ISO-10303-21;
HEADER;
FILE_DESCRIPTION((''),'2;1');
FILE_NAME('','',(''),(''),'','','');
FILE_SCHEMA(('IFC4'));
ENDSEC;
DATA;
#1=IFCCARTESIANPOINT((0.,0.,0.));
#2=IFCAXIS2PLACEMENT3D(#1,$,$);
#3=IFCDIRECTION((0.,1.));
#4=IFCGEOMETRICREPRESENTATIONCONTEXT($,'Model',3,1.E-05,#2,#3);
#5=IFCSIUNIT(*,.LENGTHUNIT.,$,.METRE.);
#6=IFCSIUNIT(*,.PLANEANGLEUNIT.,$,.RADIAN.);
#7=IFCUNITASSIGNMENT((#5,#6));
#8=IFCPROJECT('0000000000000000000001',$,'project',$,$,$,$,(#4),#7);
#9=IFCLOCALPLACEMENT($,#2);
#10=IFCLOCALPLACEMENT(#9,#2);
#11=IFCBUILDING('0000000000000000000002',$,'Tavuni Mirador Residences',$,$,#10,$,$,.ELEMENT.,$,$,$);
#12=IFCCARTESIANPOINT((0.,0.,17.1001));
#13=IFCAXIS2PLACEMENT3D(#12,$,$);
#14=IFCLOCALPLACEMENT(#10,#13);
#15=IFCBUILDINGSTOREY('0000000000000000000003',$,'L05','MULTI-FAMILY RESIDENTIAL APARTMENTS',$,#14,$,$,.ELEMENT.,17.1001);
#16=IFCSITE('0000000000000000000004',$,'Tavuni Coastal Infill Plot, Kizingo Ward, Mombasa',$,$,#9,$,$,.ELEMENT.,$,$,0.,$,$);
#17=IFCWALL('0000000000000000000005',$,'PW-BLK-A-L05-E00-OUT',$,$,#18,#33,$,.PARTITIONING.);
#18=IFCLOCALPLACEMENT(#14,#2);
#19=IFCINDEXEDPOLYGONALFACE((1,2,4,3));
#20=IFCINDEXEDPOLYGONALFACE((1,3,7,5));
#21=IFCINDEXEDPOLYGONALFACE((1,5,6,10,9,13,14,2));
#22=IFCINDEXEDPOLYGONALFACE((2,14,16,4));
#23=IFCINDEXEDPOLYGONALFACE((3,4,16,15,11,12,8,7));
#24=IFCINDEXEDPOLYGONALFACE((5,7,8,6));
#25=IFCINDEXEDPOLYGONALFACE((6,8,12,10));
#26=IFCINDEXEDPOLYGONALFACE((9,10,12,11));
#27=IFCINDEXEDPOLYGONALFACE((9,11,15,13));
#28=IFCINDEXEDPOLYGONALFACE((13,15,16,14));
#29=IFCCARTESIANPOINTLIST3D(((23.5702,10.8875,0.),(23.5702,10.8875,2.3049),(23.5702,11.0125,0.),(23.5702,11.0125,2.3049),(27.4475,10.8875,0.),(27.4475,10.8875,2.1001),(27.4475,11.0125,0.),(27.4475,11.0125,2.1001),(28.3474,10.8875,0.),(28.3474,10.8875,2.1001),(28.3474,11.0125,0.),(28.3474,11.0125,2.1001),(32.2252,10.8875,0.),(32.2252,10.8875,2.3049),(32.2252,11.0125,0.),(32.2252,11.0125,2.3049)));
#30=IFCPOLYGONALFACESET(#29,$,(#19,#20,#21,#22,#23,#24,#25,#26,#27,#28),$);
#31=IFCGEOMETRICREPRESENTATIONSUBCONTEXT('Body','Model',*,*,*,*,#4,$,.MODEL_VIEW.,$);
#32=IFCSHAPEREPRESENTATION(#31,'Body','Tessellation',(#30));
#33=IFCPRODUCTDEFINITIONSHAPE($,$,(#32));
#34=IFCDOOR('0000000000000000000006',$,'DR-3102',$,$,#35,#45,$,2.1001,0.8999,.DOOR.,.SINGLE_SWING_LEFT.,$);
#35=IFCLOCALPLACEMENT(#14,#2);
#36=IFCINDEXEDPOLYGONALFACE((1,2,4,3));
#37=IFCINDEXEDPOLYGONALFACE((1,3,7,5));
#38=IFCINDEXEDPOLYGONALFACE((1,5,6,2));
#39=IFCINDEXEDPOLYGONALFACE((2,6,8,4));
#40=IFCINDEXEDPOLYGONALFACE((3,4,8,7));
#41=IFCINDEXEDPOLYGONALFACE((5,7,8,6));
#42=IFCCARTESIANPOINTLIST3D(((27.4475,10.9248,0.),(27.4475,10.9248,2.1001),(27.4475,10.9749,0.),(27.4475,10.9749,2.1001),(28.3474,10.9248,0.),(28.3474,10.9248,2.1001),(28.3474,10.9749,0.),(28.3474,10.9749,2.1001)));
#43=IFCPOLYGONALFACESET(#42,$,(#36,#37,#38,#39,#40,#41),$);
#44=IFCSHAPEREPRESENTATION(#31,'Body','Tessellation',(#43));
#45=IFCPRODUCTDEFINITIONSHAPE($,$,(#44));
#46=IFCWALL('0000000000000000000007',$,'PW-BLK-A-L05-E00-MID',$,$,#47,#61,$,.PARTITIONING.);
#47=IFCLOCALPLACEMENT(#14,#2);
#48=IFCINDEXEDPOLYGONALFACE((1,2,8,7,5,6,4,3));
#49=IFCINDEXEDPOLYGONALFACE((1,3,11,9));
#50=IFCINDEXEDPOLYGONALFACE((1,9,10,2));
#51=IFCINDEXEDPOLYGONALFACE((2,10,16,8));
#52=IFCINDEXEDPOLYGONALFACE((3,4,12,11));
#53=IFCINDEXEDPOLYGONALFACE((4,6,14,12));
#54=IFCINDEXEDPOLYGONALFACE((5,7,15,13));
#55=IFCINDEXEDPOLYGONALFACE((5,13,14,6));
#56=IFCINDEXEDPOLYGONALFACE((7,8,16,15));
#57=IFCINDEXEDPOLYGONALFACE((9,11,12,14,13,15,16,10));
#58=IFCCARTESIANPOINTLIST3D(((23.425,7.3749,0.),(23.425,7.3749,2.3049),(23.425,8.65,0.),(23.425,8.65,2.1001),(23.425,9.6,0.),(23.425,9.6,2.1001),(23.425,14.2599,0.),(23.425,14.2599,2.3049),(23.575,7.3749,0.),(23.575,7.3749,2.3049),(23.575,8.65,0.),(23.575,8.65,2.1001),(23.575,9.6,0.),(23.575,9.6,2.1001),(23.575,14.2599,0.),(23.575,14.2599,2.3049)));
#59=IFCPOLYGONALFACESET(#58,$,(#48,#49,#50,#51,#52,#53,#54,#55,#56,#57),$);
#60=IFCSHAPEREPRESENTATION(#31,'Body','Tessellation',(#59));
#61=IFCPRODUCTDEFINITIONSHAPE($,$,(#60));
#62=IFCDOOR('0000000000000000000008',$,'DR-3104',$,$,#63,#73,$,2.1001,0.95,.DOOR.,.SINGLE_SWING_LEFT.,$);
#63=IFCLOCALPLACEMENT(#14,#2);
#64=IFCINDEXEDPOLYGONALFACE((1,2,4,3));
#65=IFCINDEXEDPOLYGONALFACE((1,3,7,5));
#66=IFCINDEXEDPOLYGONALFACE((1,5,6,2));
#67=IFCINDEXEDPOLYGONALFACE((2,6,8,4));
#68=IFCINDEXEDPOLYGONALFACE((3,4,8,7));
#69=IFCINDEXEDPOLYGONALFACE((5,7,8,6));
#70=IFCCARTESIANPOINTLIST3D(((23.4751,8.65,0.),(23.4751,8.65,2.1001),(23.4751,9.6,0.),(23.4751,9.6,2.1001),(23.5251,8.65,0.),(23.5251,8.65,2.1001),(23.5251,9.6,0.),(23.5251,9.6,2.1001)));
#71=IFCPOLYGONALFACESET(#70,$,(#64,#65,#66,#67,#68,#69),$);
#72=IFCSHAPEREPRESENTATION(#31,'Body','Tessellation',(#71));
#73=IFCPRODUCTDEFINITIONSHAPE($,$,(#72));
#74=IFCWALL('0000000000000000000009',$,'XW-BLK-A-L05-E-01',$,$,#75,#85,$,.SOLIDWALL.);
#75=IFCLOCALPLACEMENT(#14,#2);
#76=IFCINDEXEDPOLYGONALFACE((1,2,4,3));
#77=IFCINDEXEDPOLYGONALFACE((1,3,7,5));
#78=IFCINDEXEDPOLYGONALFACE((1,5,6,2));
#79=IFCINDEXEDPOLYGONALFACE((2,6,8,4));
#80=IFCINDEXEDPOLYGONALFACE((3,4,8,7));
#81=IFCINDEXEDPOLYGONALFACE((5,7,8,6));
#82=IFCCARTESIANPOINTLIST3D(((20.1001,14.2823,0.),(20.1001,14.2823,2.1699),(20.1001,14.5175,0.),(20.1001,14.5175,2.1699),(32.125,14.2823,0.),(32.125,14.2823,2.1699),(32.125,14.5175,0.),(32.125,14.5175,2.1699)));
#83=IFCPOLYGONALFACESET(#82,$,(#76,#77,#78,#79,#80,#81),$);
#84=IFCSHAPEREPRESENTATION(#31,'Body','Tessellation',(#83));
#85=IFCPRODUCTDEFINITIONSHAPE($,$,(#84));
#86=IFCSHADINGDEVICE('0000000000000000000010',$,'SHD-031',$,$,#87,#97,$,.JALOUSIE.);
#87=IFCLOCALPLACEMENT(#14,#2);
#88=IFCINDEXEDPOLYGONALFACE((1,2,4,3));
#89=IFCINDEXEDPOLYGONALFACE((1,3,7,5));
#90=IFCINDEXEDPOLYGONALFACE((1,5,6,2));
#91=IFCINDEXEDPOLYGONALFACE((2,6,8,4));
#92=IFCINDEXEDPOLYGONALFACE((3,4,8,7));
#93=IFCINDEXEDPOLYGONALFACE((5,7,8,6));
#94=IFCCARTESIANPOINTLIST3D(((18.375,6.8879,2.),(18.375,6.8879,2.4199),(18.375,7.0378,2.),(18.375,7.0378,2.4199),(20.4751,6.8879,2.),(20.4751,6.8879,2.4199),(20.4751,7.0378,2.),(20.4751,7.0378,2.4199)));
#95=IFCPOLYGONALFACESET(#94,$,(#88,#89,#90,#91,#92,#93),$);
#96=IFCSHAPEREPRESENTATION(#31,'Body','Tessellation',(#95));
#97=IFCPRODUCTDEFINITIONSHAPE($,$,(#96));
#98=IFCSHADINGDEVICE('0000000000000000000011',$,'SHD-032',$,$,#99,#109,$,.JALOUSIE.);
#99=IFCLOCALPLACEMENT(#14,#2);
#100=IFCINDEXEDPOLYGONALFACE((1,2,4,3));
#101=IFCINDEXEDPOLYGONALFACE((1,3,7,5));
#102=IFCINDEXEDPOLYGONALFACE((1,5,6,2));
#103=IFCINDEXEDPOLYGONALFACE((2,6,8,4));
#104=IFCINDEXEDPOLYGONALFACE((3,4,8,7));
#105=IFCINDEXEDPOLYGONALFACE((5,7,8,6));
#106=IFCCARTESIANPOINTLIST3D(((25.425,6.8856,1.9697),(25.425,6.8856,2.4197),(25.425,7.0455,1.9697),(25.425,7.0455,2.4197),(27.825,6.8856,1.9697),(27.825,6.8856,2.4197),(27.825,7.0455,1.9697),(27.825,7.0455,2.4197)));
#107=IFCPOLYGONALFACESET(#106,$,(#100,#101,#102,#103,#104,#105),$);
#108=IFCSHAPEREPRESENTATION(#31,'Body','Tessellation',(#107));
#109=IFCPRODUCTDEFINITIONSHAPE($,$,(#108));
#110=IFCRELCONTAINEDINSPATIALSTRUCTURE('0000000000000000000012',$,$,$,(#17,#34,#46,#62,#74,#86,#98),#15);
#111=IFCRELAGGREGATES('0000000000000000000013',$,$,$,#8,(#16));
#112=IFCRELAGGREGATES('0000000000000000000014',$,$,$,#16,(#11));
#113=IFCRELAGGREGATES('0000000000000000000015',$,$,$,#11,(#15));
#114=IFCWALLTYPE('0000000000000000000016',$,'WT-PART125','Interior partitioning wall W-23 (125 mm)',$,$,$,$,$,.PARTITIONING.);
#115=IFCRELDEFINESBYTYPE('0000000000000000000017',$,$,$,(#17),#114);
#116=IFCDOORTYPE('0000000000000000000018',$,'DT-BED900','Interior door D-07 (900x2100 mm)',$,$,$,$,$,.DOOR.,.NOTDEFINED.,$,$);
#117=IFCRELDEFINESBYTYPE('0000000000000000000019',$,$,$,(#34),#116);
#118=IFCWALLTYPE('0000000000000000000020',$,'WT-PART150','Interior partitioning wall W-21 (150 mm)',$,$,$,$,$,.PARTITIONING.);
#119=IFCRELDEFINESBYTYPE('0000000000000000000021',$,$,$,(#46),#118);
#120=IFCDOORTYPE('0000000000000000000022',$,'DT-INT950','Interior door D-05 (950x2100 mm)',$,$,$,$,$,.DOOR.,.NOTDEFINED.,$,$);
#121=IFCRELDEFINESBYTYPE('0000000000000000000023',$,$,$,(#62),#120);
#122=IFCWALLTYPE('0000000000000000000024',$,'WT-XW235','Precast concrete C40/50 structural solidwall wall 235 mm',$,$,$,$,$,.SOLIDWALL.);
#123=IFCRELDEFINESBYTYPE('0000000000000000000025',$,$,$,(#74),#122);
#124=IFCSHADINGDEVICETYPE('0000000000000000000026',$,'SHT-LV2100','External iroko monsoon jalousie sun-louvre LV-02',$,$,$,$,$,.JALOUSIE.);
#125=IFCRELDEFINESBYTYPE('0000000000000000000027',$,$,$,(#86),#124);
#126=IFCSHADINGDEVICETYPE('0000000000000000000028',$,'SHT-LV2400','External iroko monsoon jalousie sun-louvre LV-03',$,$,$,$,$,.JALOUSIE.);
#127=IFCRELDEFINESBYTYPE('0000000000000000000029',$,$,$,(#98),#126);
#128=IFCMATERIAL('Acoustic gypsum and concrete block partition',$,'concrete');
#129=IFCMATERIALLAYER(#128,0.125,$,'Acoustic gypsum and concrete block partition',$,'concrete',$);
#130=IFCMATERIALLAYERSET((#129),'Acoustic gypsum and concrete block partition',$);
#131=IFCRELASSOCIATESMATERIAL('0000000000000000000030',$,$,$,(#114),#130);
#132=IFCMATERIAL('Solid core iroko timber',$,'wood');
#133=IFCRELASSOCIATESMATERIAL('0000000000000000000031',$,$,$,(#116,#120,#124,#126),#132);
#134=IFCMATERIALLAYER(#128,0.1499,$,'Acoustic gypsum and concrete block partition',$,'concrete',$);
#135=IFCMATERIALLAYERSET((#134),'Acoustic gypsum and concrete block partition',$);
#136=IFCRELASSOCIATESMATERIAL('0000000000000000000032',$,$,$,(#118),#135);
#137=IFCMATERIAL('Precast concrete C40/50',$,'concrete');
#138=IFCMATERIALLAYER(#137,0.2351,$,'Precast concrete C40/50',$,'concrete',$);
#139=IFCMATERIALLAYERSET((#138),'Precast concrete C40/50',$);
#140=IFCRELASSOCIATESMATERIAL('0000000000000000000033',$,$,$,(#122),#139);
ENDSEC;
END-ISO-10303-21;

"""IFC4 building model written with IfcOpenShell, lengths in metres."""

from ifc_helpers import new_model, si_unit, direction, frame, frame_2d, origin, origin_2d, place, context, subcontext, project, spatial, rectangle, extrude, material, layer, layer_set, type_object, element, fill, save


model = new_model("IFC4")

# Units and contexts
model_context = context("Model", 3, precision=1e-05, world=origin(), true_north=direction((0.0, 1.0)))
body_context = subcontext(model_context, "Body", "Model", "MODEL_VIEW")
ifc_project = project(units=[si_unit("LENGTHUNIT", "METRE"), si_unit("PLANEANGLEUNIT", "RADIAN")], contexts=[model_context])

# Site, building, storey
site_placement = place(None, origin())
site = spatial("IfcSite", under=ifc_project, at=site_placement, Name="Tavuni Coastal Infill Plot, Kizingo Ward, Mombasa", CompositionType="ELEMENT", RefElevation=0.0)
building_placement = place(site_placement, origin())
building = spatial("IfcBuilding", under=site, at=building_placement, Name="Tavuni Mirador Residences", CompositionType="ELEMENT")
storey_placement = place(building_placement, frame((0.0, 0.0, 17.1001)))
storey = spatial("IfcBuildingStorey", under=building, at=storey_placement, Name="L05", Description="MULTI-FAMILY RESIDENTIAL APARTMENTS", CompositionType="ELEMENT", Elevation=17.1001)

# Shared definitions
ifc_material_1 = material(Name="Precast concrete C40/50", Category="concrete")

# Shared definitions
ifc_material_2 = material(Name="Solid core iroko timber", Category="wood")

# Walls, openings, doors
ifc_material_3 = material(Name="Acoustic gypsum and concrete block partition", Category="concrete")
ifc_layer_1 = layer(ifc_material_3, 0.125, Name="Acoustic gypsum and concrete block partition", Category="concrete")
ifc_layer_set_1 = layer_set([ifc_layer_1], Name="Acoustic gypsum and concrete block partition")
wall_type_1 = type_object("IfcWallType", Name="WT-PART125", Description="Interior partitioning wall W-23 (125 mm)", PredefinedType="PARTITIONING", material=ifc_layer_set_1)
wall_1_placement = place(storey_placement, frame((23.5701, 10.95, 0.0), z_axis=(0.0, 0.0, 1.0), x_axis=(1.0, 0.0, 0.0)))
wall_1 = element("IfcWall", 1, at=wall_1_placement, inside=storey, type_object=wall_type_1, Name="PW-BLK-A-L05-E00-OUT", PredefinedType="PARTITIONING", context=body_context, shape_type="SweptSolid", body=[
    extrude(rectangle(XDim=8.655, YDim=0.125, at=frame_2d((4.3276, 0.0))), origin(), (0.0, 0.0, 1.0), 2.3049),
])
opening_1_placement = place(wall_1_placement, frame((3.8774, 0.0, 0.0)))
opening_1 = element("IfcOpeningElement", 2, at=opening_1_placement, cuts=wall_1, PredefinedType="OPENING", context=body_context, shape_type="SweptSolid", body=[
    extrude(rectangle(XDim=0.8999, YDim=2.1001, at=frame_2d((0.45, 1.05))), frame((0.0, 0.0725, 0.0), z_axis=(0.0, -1.0, 0.0), x_axis=(1.0, 0.0, 0.0)), (0.0, 0.0, 1.0), 0.145),
])
door_type_1 = type_object("IfcDoorType", Name="DT-BED900", Description="Interior door D-07 (900x2100 mm)", OperationType="NOTDEFINED", PredefinedType="DOOR", material=ifc_material_2)
door_1_placement = place(opening_1_placement, origin())
door_1 = element("IfcDoor", 3, at=door_1_placement, inside=storey, type_object=door_type_1, Name="DR-3102", OperationType="SINGLE_SWING_LEFT", OverallHeight=2.1001, OverallWidth=0.8999, PredefinedType="DOOR", context=body_context, shape_type="SweptSolid", body=[
    extrude(rectangle(XDim=0.8999, YDim=2.1001, at=frame_2d((0.45, 1.05))), frame((0.0, 0.0249, 0.0), z_axis=(0.0, -1.0, 0.0), x_axis=(1.0, 0.0, 0.0)), (0.0, 0.0, 1.0), 0.05),
])
fill(opening_1, door_1)
ifc_layer_2 = layer(ifc_material_3, 0.1499, Name="Acoustic gypsum and concrete block partition", Category="concrete")
ifc_layer_set_2 = layer_set([ifc_layer_2], Name="Acoustic gypsum and concrete block partition")
wall_type_2 = type_object("IfcWallType", Name="WT-PART150", Description="Interior partitioning wall W-21 (150 mm)", PredefinedType="PARTITIONING", material=ifc_layer_set_2)
wall_2_placement = place(storey_placement, frame((23.5, 7.375, 0.0), z_axis=(0.0, 0.0, 1.0), x_axis=(0.0, 1.0, 0.0)))
wall_2 = element("IfcWall", 4, at=wall_2_placement, inside=storey, type_object=wall_type_2, Name="PW-BLK-A-L05-E00-MID", PredefinedType="PARTITIONING", context=body_context, shape_type="SweptSolid", body=[
    extrude(rectangle(XDim=6.885, YDim=0.1499, at=frame_2d((3.4424, 0.0))), origin(), (0.0, 0.0, 1.0), 2.3049),
])
opening_2_placement = place(wall_2_placement, frame((1.2749, 0.0, 0.0)))
opening_2 = element("IfcOpeningElement", 5, at=opening_2_placement, cuts=wall_2, PredefinedType="OPENING", context=body_context, shape_type="SweptSolid", body=[
    extrude(rectangle(XDim=0.95, YDim=2.1001, at=frame_2d((0.4751, 1.05))), frame((0.0, 0.085, 0.0), z_axis=(0.0, -1.0, 0.0), x_axis=(1.0, 0.0, 0.0)), (0.0, 0.0, 1.0), 0.1699),
])
door_type_2 = type_object("IfcDoorType", Name="DT-INT950", Description="Interior door D-05 (950x2100 mm)", OperationType="NOTDEFINED", PredefinedType="DOOR", material=ifc_material_2)
door_2_placement = place(opening_2_placement, origin())
door_2 = element("IfcDoor", 6, at=door_2_placement, inside=storey, type_object=door_type_2, Name="DR-3104", OperationType="SINGLE_SWING_LEFT", OverallHeight=2.1001, OverallWidth=0.95, PredefinedType="DOOR", context=body_context, shape_type="SweptSolid", body=[
    extrude(rectangle(XDim=0.95, YDim=2.1001, at=frame_2d((0.4751, 1.05))), frame((0.0, 0.0249, 0.0), z_axis=(0.0, -1.0, 0.0), x_axis=(1.0, 0.0, 0.0)), (0.0, 0.0, 1.0), 0.05),
])
fill(opening_2, door_2)

# Wall
ifc_layer_3 = layer(ifc_material_1, 0.2351, Name="Precast concrete C40/50", Category="concrete")
ifc_layer_set_3 = layer_set([ifc_layer_3], Name="Precast concrete C40/50")
wall_type_3 = type_object("IfcWallType", Name="WT-XW235", Description="Precast concrete C40/50 structural solidwall wall 235 mm", PredefinedType="SOLIDWALL", material=ifc_layer_set_3)
wall_3_placement = place(storey_placement, frame((20.1001, 14.3999, 0.0), z_axis=(0.0, 0.0, 1.0), x_axis=(1.0, 0.0, 0.0)))
element("IfcWall", 7, at=wall_3_placement, inside=storey, type_object=wall_type_3, Name="XW-BLK-A-L05-E-01", PredefinedType="SOLIDWALL", context=body_context, shape_type="SweptSolid", body=[
    extrude(rectangle(XDim=12.0249, YDim=0.2351, at=frame_2d((6.0125, 0.0))), origin(), (0.0, 0.0, 1.0), 2.1699),
])

# Shading devices
shading_device_type_1 = type_object("IfcShadingDeviceType", Name="SHT-LV2100", Description="External iroko monsoon jalousie sun-louvre LV-02", PredefinedType="JALOUSIE", material=ifc_material_2)
shading_device_1_placement = place(storey_placement, frame((19.425, 6.9629, 2.0), z_axis=(0.0, 0.0, 1.0), x_axis=(1.0, 0.0, 0.0)))
element("IfcShadingDevice", 8, at=shading_device_1_placement, inside=storey, type_object=shading_device_type_1, Name="SHD-031", PredefinedType="JALOUSIE", context=body_context, shape_type="SweptSolid", body=[
    extrude(rectangle(XDim=2.1001, YDim=0.1499, at=origin_2d()), origin(), (0.0, 0.0, 1.0), 0.4199),
])
shading_device_type_2 = type_object("IfcShadingDeviceType", Name="SHT-LV2400", Description="External iroko monsoon jalousie sun-louvre LV-03", PredefinedType="JALOUSIE", material=ifc_material_2)
shading_device_2_placement = place(storey_placement, frame((26.625, 6.9656, 1.9697), z_axis=(0.0, 0.0, 1.0), x_axis=(1.0, 0.0, 0.0)))
element("IfcShadingDevice", 9, at=shading_device_2_placement, inside=storey, type_object=shading_device_type_2, Name="SHD-032", PredefinedType="JALOUSIE", context=body_context, shape_type="SweptSolid", body=[
    extrude(rectangle(XDim=2.3999, YDim=0.1599, at=origin_2d()), origin(), (0.0, 0.0, 1.0), 0.45),
])

save(model, "model.ifc")
